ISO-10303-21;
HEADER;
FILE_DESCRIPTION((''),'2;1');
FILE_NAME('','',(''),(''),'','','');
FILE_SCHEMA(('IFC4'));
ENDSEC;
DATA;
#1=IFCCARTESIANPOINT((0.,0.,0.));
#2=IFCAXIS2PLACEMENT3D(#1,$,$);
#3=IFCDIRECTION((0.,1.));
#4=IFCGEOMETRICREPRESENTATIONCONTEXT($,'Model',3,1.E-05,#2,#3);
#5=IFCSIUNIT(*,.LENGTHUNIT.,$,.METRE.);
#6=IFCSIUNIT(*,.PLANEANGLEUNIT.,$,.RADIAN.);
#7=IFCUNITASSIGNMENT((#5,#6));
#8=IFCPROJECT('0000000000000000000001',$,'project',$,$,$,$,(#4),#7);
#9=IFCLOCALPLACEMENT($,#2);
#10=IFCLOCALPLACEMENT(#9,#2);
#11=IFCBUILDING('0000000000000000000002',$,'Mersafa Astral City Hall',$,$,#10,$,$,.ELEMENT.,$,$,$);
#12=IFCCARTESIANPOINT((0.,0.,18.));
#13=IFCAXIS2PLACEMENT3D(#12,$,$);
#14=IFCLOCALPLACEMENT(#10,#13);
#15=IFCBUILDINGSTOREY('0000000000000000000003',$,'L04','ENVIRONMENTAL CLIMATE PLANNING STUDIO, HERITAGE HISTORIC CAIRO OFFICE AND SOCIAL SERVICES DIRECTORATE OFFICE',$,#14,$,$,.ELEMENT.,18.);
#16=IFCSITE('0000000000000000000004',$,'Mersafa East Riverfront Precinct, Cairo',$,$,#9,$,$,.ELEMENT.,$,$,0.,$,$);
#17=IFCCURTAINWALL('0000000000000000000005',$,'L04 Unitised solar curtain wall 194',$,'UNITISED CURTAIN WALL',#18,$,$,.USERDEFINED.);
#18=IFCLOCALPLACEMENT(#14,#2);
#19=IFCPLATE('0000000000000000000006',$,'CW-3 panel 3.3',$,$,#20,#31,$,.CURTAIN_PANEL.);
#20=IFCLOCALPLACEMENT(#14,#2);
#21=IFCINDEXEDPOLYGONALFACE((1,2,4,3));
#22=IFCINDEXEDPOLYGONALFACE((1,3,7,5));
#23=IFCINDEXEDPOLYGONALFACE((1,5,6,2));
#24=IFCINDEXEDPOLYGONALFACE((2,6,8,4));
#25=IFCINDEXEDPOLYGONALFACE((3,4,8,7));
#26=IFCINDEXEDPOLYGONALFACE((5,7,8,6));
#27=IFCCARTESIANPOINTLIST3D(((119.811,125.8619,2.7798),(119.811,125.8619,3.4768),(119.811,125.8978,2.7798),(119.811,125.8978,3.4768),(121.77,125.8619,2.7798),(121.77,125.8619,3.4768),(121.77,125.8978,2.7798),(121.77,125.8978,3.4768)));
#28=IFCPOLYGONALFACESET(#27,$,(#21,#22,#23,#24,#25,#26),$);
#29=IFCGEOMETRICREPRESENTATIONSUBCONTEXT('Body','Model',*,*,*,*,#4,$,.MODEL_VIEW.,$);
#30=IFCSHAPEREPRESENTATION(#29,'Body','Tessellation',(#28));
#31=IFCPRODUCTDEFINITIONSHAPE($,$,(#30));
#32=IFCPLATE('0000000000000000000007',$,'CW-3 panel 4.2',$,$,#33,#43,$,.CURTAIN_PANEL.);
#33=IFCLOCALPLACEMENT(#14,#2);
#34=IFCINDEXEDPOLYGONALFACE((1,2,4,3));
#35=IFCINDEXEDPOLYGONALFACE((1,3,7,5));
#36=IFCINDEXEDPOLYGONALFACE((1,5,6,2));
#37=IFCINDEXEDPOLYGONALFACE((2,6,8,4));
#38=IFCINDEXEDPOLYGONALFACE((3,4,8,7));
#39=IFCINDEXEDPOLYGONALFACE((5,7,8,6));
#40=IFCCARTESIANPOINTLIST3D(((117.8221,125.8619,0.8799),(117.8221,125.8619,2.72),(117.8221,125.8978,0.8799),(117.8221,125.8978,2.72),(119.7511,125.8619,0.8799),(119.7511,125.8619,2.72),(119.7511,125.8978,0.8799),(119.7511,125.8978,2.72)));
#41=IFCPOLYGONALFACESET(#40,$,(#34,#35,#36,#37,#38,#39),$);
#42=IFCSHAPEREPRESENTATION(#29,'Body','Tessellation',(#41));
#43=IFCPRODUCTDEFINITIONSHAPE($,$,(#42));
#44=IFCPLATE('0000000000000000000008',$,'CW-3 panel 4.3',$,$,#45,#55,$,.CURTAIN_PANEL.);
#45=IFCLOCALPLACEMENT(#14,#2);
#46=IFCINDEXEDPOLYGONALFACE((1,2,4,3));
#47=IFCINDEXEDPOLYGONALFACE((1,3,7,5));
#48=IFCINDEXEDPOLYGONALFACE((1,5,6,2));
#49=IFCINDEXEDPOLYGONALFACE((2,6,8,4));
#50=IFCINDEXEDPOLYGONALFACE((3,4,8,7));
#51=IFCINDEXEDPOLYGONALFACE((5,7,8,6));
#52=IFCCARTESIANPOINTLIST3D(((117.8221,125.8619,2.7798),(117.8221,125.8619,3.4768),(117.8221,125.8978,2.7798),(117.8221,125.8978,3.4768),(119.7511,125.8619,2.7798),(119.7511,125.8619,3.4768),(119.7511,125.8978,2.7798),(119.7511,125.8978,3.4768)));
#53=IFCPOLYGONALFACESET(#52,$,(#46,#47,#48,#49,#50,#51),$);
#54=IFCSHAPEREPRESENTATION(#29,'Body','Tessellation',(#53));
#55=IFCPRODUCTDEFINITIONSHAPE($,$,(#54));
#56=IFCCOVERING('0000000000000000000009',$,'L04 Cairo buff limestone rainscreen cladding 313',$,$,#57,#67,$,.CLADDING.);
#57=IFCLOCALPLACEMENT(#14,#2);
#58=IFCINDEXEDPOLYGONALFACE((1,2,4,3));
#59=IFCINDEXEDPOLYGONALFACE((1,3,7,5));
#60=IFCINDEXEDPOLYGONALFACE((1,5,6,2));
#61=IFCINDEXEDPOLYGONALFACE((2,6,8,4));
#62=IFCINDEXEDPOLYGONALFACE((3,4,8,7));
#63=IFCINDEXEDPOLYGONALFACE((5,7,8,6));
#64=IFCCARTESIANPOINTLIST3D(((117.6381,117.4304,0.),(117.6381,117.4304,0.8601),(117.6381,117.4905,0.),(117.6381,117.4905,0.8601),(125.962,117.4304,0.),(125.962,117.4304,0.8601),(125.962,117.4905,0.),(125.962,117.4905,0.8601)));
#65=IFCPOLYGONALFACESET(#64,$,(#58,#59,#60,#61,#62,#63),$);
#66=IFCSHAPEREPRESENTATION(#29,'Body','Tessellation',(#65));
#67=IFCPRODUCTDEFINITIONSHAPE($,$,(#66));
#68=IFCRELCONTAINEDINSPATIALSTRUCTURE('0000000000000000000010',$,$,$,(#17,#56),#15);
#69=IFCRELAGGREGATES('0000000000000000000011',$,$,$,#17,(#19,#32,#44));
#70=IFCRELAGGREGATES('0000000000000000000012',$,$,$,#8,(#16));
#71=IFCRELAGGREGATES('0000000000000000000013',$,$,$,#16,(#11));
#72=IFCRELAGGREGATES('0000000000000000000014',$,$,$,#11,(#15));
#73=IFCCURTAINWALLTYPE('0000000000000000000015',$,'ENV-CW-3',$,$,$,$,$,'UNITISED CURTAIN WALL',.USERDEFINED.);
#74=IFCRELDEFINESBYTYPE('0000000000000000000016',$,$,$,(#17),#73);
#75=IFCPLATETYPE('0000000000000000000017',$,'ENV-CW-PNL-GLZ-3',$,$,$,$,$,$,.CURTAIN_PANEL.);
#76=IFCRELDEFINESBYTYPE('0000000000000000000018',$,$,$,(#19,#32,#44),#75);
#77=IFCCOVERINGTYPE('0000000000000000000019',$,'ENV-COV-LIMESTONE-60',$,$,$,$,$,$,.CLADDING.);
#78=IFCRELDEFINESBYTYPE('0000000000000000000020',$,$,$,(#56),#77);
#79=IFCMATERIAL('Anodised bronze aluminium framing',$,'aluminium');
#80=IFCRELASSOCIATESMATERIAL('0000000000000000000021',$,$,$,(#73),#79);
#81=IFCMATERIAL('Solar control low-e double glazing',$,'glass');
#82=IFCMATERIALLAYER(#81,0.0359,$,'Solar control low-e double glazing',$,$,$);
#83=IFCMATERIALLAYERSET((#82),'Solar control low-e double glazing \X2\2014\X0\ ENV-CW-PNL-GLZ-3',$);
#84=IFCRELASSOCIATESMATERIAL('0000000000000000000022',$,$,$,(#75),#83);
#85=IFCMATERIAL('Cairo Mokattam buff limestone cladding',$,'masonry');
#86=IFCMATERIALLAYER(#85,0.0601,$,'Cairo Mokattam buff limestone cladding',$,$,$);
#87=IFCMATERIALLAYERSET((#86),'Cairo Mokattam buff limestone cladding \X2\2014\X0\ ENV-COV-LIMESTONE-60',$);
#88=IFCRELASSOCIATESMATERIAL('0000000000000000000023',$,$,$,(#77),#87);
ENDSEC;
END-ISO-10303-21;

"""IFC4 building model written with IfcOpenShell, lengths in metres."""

from ifc_helpers import new_model, si_unit, direction, frame, origin, origin_2d, place, context, subcontext, project, spatial, rectangle, extrude, material, layer, layer_set, type_object, element, aggregate, save


model = new_model("IFC4")

# Units and contexts
model_context = context("Model", 3, precision=1e-05, world=origin(), true_north=direction((0.0, 1.0)))
body_context = subcontext(model_context, "Body", "Model", "MODEL_VIEW")
ifc_project = project(units=[si_unit("LENGTHUNIT", "METRE"), si_unit("PLANEANGLEUNIT", "RADIAN")], contexts=[model_context])

# Site, building, storey
site_placement = place(None, origin())
site = spatial("IfcSite", under=ifc_project, at=site_placement, Name="Mersafa East Riverfront Precinct, Cairo", CompositionType="ELEMENT", RefElevation=0.0)
building_placement = place(site_placement, origin())
building = spatial("IfcBuilding", under=site, at=building_placement, Name="Mersafa Astral City Hall", CompositionType="ELEMENT")
storey_placement = place(building_placement, frame((0.0, 0.0, 18.0)))
storey = spatial("IfcBuildingStorey", under=building, at=storey_placement, Name="L04", Description="ENVIRONMENTAL CLIMATE PLANNING STUDIO, HERITAGE HISTORIC CAIRO OFFICE AND SOCIAL SERVICES DIRECTORATE OFFICE", CompositionType="ELEMENT", Elevation=18.0)

# Curtain wall
ifc_material_1 = material(Name="Anodised bronze aluminium framing", Category="aluminium")
curtain_wall_type = type_object("IfcCurtainWallType", Name="ENV-CW-3", ElementType="UNITISED CURTAIN WALL", PredefinedType="USERDEFINED", material=ifc_material_1)
curtain_wall_placement = place(storey_placement, origin())
curtain_wall = element("IfcCurtainWall", 1, at=curtain_wall_placement, inside=storey, type_object=curtain_wall_type, Name="L04 Unitised solar curtain wall 194", ObjectType="UNITISED CURTAIN WALL", PredefinedType="USERDEFINED")

# Plates
ifc_material_2 = material(Name="Solar control low-e double glazing", Category="glass")
ifc_layer_1 = layer(ifc_material_2, 0.0359, Name="Solar control low-e double glazing")
ifc_layer_set_1 = layer_set([ifc_layer_1], Name="Solar control low-e double glazing — ENV-CW-PNL-GLZ-3")
plate_type = type_object("IfcPlateType", Name="ENV-CW-PNL-GLZ-3", PredefinedType="CURTAIN_PANEL", material=ifc_layer_set_1)
plate_1_placement = place(storey_placement, frame((120.7905, 125.8799, 2.7798), z_axis=(0.0, 0.0, 1.0), x_axis=(-1.0, 0.0, 0.0)))
plate_1 = element("IfcPlate", 2, at=plate_1_placement, type_object=plate_type, Name="CW-3 panel 3.3", PredefinedType="CURTAIN_PANEL", context=body_context, shape_type="SweptSolid", body=[
    extrude(rectangle(XDim=1.959, YDim=0.0359, at=origin_2d()), origin(), (0.0, 0.0, 1.0), 0.697),
])
plate_2_placement = place(storey_placement, frame((118.7866, 125.8799, 0.8799), z_axis=(0.0, 0.0, 1.0), x_axis=(-1.0, 0.0, 0.0)))
plate_2 = element("IfcPlate", 3, at=plate_2_placement, type_object=plate_type, Name="CW-3 panel 4.2", PredefinedType="CURTAIN_PANEL", context=body_context, shape_type="SweptSolid", body=[
    extrude(rectangle(XDim=1.929, YDim=0.0359, at=origin_2d()), origin(), (0.0, 0.0, 1.0), 1.8401),
])
plate_3_placement = place(storey_placement, frame((118.7866, 125.8799, 2.7798), z_axis=(0.0, 0.0, 1.0), x_axis=(-1.0, 0.0, 0.0)))
plate_3 = element("IfcPlate", 4, at=plate_3_placement, type_object=plate_type, Name="CW-3 panel 4.3", PredefinedType="CURTAIN_PANEL", context=body_context, shape_type="SweptSolid", body=[
    extrude(rectangle(XDim=1.929, YDim=0.0359, at=origin_2d()), origin(), (0.0, 0.0, 1.0), 0.697),
])
aggregate(curtain_wall, [plate_1, plate_2, plate_3])

# Covering
ifc_material_3 = material(Name="Cairo Mokattam buff limestone cladding", Category="masonry")
ifc_layer_2 = layer(ifc_material_3, 0.0601, Name="Cairo Mokattam buff limestone cladding")
ifc_layer_set_2 = layer_set([ifc_layer_2], Name="Cairo Mokattam buff limestone cladding — ENV-COV-LIMESTONE-60")
covering_type = type_object("IfcCoveringType", Name="ENV-COV-LIMESTONE-60", PredefinedType="CLADDING", material=ifc_layer_set_2)
covering_placement = place(storey_placement, frame((121.8, 117.4604, 0.0), z_axis=(0.0, 0.0, 1.0), x_axis=(1.0, 0.0, 0.0)))
element("IfcCovering", 5, at=covering_placement, inside=storey, type_object=covering_type, Name="L04 Cairo buff limestone rainscreen cladding 313", PredefinedType="CLADDING", context=body_context, shape_type="SweptSolid", body=[
    extrude(rectangle(XDim=8.324, YDim=0.0601, at=origin_2d()), origin(), (0.0, 0.0, 1.0), 0.8601),
])

save(model, "model.ifc")
